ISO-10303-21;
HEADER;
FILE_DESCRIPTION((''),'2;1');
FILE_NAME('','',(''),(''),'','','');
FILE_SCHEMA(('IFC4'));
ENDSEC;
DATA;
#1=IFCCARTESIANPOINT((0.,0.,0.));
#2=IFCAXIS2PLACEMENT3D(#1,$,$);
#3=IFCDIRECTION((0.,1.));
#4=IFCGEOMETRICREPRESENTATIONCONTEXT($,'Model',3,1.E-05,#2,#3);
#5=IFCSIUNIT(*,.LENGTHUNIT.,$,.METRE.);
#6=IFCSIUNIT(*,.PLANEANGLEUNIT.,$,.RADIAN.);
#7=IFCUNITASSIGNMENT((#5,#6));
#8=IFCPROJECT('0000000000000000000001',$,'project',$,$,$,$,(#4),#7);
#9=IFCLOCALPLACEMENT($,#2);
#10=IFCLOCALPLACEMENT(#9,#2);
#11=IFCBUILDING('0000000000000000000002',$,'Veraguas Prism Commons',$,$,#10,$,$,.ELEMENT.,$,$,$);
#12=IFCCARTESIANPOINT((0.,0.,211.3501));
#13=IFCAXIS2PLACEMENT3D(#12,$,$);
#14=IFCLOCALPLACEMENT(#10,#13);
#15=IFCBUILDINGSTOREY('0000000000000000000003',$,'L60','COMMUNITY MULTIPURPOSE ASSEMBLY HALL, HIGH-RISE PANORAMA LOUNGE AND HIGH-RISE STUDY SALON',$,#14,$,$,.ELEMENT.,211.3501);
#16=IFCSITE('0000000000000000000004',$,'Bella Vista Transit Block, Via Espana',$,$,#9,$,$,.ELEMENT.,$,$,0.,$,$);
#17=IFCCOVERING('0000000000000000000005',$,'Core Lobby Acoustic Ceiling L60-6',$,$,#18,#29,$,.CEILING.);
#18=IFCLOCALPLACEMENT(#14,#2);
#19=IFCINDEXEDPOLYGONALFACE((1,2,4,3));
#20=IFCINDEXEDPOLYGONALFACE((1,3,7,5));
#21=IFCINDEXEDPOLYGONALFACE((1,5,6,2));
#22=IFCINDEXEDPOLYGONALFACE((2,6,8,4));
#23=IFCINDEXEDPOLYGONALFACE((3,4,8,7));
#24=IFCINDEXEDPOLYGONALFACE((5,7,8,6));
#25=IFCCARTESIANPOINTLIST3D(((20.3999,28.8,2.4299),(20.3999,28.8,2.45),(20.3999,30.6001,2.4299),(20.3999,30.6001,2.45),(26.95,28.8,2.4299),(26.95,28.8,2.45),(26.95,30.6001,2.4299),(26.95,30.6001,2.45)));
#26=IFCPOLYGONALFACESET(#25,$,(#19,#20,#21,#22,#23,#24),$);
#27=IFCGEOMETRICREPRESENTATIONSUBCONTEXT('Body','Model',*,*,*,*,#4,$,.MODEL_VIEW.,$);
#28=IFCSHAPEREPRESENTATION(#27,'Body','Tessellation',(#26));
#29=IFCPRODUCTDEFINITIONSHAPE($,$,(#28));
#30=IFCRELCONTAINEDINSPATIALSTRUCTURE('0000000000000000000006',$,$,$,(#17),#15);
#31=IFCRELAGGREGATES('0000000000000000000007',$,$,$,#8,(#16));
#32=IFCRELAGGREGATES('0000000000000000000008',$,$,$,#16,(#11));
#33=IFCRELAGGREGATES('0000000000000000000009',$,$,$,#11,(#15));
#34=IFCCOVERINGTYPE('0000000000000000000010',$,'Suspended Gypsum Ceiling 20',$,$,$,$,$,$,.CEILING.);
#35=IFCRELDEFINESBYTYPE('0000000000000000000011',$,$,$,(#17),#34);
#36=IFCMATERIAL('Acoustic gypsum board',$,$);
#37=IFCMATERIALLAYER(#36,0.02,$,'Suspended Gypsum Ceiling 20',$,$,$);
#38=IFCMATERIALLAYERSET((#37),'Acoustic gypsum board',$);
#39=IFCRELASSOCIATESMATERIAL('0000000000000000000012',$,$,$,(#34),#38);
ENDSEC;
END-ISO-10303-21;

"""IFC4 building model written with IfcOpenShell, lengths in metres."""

from ifc_helpers import new_model, si_unit, direction, frame, origin, place, context, subcontext, project, spatial, polyline, outline, extrude, material, layer, layer_set, type_object, element, save


model = new_model("IFC4")

# Units and contexts
model_context = context("Model", 3, precision=1e-05, world=origin(), true_north=direction((0.0, 1.0)))
body_context = subcontext(model_context, "Body", "Model", "MODEL_VIEW")
ifc_project = project(units=[si_unit("LENGTHUNIT", "METRE"), si_unit("PLANEANGLEUNIT", "RADIAN")], contexts=[model_context])

# Site, building, storey
site_placement = place(None, origin())
site = spatial("IfcSite", under=ifc_project, at=site_placement, Name="Bella Vista Transit Block, Via Espana", CompositionType="ELEMENT", RefElevation=0.0)
building_placement = place(site_placement, origin())
building = spatial("IfcBuilding", under=site, at=building_placement, Name="Veraguas Prism Commons", CompositionType="ELEMENT")
storey_placement = place(building_placement, frame((0.0, 0.0, 211.3501)))
storey = spatial("IfcBuildingStorey", under=building, at=storey_placement, Name="L60", Description="COMMUNITY MULTIPURPOSE ASSEMBLY HALL, HIGH-RISE PANORAMA LOUNGE AND HIGH-RISE STUDY SALON", CompositionType="ELEMENT", Elevation=211.3501)

# Covering
ifc_material_1 = material(Name="Acoustic gypsum board")
ifc_layer_1 = layer(ifc_material_1, 0.02, Name="Suspended Gypsum Ceiling 20")
ifc_layer_set_1 = layer_set([ifc_layer_1], Name="Acoustic gypsum board")
covering_type_1 = type_object("IfcCoveringType", Name="Suspended Gypsum Ceiling 20", PredefinedType="CEILING", material=ifc_layer_set_1)
covering_1_placement = place(storey_placement, frame((0.0, 0.0, 2.4299)))
element("IfcCovering", 1, at=covering_1_placement, inside=storey, type_object=covering_type_1, Name="Core Lobby Acoustic Ceiling L60-6", PredefinedType="CEILING", context=body_context, shape_type="SweptSolid", body=[
    extrude(outline(polyline([(20.3999, 28.8), (26.95, 28.8), (26.95, 30.6001), (20.3999, 30.6001), (20.3999, 28.8)])), origin(), (0.0, 0.0, 1.0), 0.02),
])

save(model, "model.ifc")
